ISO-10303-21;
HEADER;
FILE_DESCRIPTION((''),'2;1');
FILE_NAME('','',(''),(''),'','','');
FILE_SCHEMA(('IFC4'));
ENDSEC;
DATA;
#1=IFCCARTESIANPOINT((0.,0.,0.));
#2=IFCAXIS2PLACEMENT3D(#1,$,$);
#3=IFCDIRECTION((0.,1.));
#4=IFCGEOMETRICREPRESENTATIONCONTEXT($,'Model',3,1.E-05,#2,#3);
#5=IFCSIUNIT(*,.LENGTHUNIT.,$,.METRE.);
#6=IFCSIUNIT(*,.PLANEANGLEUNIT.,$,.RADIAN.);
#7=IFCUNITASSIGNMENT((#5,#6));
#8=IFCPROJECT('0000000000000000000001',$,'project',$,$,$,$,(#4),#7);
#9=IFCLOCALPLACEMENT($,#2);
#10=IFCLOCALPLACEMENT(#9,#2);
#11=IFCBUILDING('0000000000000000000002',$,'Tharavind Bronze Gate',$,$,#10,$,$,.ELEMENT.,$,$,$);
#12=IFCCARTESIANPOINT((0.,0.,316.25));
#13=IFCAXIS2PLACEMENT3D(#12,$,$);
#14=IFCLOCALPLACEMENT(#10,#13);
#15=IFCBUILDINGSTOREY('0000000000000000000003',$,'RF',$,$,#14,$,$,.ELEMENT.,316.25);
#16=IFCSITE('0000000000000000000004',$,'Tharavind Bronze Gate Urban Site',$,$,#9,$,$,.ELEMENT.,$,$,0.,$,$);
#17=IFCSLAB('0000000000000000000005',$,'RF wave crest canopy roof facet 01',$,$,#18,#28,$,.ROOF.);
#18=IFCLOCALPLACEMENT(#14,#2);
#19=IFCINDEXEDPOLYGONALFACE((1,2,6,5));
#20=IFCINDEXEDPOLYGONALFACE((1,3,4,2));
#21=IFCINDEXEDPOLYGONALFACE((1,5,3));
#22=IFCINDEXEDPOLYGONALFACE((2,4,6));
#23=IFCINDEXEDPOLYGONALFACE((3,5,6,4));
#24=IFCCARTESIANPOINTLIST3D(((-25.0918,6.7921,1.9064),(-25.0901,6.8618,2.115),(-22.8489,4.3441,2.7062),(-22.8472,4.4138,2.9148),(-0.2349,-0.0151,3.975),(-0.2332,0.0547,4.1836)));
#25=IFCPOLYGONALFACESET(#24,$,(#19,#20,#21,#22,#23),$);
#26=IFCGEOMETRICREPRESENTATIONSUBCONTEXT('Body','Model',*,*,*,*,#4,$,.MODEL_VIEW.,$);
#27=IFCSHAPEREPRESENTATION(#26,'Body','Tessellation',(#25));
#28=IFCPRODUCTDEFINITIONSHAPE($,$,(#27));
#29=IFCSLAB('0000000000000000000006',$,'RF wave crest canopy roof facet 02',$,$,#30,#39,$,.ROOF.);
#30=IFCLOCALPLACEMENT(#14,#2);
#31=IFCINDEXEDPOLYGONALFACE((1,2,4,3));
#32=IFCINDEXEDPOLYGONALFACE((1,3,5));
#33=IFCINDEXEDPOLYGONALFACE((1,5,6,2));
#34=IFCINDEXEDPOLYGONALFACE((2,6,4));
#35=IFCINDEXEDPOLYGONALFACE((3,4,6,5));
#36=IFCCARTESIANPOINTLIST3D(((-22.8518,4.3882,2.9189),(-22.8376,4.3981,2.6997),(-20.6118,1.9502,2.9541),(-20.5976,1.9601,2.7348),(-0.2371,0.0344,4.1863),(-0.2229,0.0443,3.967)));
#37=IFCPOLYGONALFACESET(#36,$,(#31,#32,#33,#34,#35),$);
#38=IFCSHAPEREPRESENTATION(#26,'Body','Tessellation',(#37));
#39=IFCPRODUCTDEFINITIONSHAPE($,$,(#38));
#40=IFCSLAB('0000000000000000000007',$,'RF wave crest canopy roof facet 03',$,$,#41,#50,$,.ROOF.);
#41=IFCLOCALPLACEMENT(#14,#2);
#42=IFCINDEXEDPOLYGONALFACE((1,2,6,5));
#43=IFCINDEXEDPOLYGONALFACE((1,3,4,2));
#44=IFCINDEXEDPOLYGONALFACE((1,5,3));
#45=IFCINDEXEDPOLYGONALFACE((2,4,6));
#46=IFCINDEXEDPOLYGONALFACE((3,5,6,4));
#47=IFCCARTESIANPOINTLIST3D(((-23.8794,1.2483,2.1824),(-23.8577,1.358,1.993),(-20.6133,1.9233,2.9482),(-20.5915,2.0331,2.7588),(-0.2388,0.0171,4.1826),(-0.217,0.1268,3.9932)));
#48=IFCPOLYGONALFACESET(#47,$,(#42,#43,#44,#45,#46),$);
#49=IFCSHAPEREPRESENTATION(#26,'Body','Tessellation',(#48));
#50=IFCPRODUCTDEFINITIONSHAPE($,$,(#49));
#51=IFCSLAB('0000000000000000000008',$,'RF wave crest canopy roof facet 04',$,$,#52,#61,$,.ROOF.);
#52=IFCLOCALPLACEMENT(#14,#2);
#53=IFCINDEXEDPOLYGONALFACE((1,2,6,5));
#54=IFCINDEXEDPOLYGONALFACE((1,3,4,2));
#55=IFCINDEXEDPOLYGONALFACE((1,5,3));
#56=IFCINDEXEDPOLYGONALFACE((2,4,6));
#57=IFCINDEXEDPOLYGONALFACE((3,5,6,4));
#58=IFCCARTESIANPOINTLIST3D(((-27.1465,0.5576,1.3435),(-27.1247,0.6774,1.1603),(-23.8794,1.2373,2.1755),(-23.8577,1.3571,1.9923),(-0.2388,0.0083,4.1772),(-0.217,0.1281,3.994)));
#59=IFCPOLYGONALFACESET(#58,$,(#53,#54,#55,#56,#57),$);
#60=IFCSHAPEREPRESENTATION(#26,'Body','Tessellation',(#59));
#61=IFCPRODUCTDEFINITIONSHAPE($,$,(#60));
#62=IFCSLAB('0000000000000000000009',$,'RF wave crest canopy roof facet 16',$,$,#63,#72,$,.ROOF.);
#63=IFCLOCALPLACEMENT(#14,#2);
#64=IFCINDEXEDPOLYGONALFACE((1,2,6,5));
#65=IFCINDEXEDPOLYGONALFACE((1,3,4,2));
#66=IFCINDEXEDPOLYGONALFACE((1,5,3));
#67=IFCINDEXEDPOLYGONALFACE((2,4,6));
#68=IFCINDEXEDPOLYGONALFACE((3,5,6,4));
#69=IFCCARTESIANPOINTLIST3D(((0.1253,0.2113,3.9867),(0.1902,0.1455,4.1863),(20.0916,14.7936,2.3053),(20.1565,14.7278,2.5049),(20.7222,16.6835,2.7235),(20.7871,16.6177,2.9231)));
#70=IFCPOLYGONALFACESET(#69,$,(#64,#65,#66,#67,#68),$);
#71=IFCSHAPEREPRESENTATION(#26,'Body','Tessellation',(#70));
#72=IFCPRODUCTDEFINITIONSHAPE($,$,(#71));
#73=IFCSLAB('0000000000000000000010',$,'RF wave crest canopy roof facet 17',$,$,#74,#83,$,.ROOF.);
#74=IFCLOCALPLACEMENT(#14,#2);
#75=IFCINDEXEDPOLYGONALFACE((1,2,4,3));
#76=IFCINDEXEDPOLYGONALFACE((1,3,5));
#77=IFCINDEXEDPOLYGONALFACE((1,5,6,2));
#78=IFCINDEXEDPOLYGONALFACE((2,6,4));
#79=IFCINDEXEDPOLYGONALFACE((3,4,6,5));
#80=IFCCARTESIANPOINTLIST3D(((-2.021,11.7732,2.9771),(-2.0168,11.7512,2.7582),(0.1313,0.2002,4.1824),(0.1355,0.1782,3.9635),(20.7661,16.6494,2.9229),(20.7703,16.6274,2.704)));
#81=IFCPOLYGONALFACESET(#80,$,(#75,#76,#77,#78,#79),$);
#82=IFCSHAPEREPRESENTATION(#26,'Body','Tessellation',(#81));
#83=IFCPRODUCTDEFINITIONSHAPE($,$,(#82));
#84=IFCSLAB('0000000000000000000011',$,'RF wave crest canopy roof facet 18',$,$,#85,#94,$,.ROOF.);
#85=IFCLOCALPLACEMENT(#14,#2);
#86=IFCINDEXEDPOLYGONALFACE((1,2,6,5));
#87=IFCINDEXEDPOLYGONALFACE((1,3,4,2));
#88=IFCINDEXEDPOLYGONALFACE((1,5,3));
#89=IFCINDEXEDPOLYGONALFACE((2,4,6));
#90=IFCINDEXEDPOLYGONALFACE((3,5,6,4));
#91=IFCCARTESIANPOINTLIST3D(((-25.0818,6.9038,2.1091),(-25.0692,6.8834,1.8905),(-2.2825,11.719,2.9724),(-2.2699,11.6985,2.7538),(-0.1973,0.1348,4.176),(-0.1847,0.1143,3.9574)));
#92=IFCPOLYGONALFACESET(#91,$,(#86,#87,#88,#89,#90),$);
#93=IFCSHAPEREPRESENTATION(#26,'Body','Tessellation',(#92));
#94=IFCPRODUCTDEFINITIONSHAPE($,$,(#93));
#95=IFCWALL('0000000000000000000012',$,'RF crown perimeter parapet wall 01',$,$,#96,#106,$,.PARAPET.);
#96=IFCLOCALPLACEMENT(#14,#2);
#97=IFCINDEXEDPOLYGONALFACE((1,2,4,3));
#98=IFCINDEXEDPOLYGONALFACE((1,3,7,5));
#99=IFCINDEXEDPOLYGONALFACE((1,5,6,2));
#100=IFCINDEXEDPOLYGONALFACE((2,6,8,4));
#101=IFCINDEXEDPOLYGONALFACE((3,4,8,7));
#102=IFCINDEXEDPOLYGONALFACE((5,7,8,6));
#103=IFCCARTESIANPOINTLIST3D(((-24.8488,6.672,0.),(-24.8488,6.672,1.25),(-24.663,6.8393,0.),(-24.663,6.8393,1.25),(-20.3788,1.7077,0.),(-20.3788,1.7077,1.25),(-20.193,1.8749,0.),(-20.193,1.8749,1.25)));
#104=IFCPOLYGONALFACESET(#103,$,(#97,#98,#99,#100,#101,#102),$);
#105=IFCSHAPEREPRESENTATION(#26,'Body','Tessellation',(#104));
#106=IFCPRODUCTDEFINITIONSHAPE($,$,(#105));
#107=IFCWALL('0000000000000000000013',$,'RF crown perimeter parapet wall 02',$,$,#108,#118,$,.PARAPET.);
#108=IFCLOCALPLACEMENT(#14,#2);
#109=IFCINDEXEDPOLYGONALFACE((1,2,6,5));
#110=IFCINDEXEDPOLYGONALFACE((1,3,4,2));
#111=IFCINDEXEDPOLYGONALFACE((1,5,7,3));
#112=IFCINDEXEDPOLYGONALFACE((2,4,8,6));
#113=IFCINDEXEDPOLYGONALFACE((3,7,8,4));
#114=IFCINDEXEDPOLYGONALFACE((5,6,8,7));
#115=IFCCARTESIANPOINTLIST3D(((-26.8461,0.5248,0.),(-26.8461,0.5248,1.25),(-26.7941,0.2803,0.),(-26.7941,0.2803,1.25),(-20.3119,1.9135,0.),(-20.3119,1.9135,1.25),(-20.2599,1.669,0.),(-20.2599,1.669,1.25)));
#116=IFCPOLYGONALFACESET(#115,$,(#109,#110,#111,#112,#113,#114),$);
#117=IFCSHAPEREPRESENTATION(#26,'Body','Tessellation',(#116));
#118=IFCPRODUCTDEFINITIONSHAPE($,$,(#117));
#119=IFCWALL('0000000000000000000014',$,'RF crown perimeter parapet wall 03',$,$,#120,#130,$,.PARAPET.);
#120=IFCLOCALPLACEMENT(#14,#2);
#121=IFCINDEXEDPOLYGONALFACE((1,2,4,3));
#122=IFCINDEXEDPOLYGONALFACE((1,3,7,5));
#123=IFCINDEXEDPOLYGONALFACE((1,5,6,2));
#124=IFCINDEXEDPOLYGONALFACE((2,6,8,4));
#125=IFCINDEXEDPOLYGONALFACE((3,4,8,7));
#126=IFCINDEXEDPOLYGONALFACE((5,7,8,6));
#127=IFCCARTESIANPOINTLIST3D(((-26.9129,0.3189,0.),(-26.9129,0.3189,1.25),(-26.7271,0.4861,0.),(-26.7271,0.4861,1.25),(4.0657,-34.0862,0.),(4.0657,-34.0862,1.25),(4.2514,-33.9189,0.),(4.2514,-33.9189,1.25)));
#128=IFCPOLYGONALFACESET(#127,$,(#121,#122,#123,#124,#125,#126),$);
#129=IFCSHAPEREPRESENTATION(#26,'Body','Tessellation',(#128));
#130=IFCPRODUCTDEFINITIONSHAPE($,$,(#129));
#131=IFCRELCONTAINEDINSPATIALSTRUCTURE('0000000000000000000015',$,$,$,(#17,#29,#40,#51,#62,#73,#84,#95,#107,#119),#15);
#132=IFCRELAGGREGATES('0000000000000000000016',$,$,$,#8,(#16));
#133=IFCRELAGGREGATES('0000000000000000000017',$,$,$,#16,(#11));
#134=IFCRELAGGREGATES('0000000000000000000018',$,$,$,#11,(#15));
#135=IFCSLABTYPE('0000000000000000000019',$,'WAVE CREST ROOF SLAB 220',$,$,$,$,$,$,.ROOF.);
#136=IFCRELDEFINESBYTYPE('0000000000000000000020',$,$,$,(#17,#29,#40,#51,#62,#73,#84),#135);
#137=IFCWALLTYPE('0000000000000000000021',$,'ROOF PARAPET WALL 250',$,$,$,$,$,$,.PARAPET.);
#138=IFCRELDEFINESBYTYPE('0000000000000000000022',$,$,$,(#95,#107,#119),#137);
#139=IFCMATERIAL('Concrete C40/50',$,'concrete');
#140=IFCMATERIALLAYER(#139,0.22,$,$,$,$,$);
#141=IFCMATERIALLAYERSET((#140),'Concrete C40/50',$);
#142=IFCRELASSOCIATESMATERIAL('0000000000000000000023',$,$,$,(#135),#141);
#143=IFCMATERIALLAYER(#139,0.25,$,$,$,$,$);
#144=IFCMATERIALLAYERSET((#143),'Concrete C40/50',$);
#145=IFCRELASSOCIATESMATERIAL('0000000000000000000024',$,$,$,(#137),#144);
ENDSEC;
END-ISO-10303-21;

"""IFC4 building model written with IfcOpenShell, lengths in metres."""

from ifc_helpers import new_model, si_unit, direction, frame, frame_2d, origin, place, context, subcontext, project, spatial, polyline, rectangle, outline, extrude, material, layer, layer_set, type_object, element, save


model = new_model("IFC4")

# Units and contexts
model_context = context("Model", 3, precision=1e-05, world=origin(), true_north=direction((0.0, 1.0)))
body_context = subcontext(model_context, "Body", "Model", "MODEL_VIEW")
ifc_project = project(units=[si_unit("LENGTHUNIT", "METRE"), si_unit("PLANEANGLEUNIT", "RADIAN")], contexts=[model_context])

# Site, building, storey
site_placement = place(None, origin())
site = spatial("IfcSite", under=ifc_project, at=site_placement, Name="Tharavind Bronze Gate Urban Site", CompositionType="ELEMENT", RefElevation=0.0)
building_placement = place(site_placement, origin())
building = spatial("IfcBuilding", under=site, at=building_placement, Name="Tharavind Bronze Gate", CompositionType="ELEMENT")
storey_placement = place(building_placement, frame((0.0, 0.0, 316.25)))
storey = spatial("IfcBuildingStorey", under=building, at=storey_placement, Name="RF", CompositionType="ELEMENT", Elevation=316.25)

# Slabs
ifc_material_1 = material(Name="Concrete C40/50", Category="concrete")
ifc_layer_1 = layer(ifc_material_1, 0.22)
ifc_layer_set_1 = layer_set([ifc_layer_1], Name="Concrete C40/50")
slab_type = type_object("IfcSlabType", Name="WAVE CREST ROOF SLAB 220", PredefinedType="ROOF", material=ifc_layer_set_1)
slab_1_placement = place(storey_placement, frame((-0.2332, 0.0547, 4.1836), z_axis=(0.007915, 0.317098, 0.94836), x_axis=(-0.961396, 0.263281, -0.080008)))
element("IfcSlab", 1, at=slab_1_placement, inside=storey, type_object=slab_type, Name="RF wave crest canopy roof facet 01", PredefinedType="ROOF", context=body_context, shape_type="SweptSolid", body=[
    extrude(outline(polyline([(0.0, 0.0), (25.855, 0.0), (22.9902, 1.859), (0.0, 0.0)])), origin(), (0.0, 0.0, -1.0), 0.22),
])
slab_2_placement = place(storey_placement, frame((-0.2371, 0.0344, 4.1863), z_axis=(-0.06451, -0.044895, 0.996907), x_axis=(-0.980485, 0.188762, -0.054947)))
element("IfcSlab", 2, at=slab_2_placement, inside=storey, type_object=slab_type, Name="RF wave crest canopy roof facet 02", PredefinedType="ROOF", context=body_context, shape_type="SweptSolid", body=[
    extrude(outline(polyline([(0.0, 0.0), (23.0649, 0.0), (20.4065, 1.9737), (0.0, 0.0)])), origin(), (0.0, 0.0, -1.0), 0.22),
])
slab_3_placement = place(storey_placement, frame((-0.2388, 0.0171, 4.1826), z_axis=(-0.098832, -0.498756, 0.861089), x_axis=(-0.993845, 0.092985, -0.060211)))
element("IfcSlab", 3, at=slab_3_placement, inside=storey, type_object=slab_type, Name="RF wave crest canopy roof facet 03", PredefinedType="ROOF", context=body_context, shape_type="SweptSolid", body=[
    extrude(outline(polyline([(0.0, 0.0), (20.5007, 0.0), (23.73, 1.1318), (0.0, 0.0)])), origin(), (0.0, 0.0, -1.0), 0.22),
])
slab_4_placement = place(storey_placement, frame((-0.2388, 0.0083, 4.1772), z_axis=(-0.098832, -0.544525, 0.832901), x_axis=(-0.9951, 0.051732, -0.084258)))
element("IfcSlab", 4, at=slab_4_placement, inside=storey, type_object=slab_type, Name="RF wave crest canopy roof facet 04", PredefinedType="ROOF", context=body_context, shape_type="SweptSolid", body=[
    extrude(outline(polyline([(0.0, 0.0), (23.757, 0.0), (27.0431, 1.015), (0.0, 0.0)])), origin(), (0.0, 0.0, -1.0), 0.22),
])
slab_5_placement = place(storey_placement, frame((0.1902, 0.1455, 4.1863), z_axis=(0.294958, -0.299229, 0.907448), x_axis=(0.805694, 0.588434, -0.067849)))
element("IfcSlab", 5, at=slab_5_placement, inside=storey, type_object=slab_type, Name="RF wave crest canopy roof facet 16", PredefinedType="ROOF", context=body_context, shape_type="SweptSolid", body=[
    extrude(outline(polyline([(0.0, 0.0), (24.7815, 0.0), (26.3733, 1.2691), (0.0, 0.0)])), origin(), (0.0, 0.0, -1.0), 0.22),
])
slab_6_placement = place(storey_placement, frame((0.1313, 0.2002, 4.1824), z_axis=(-0.019047, 0.100065, 0.994799), x_axis=(0.781062, 0.622631, -0.047675)))
element("IfcSlab", 6, at=slab_6_placement, inside=storey, type_object=slab_type, Name="RF wave crest canopy roof facet 17", PredefinedType="ROOF", context=body_context, shape_type="SweptSolid", body=[
    extrude(outline(polyline([(0.0, 0.0), (26.4189, 0.0), (5.5821, 10.4336), (0.0, 0.0)])), origin(), (0.0, 0.0, -1.0), 0.22),
])
slab_7_placement = place(storey_placement, frame((-0.1973, 0.1348, 4.176), z_axis=(-0.057273, 0.09297, 0.99402), x_axis=(-0.176238, 0.979077, -0.101727)))
element("IfcSlab", 7, at=slab_7_placement, inside=storey, type_object=slab_type, Name="RF wave crest canopy roof facet 18", PredefinedType="ROOF", context=body_context, shape_type="SweptSolid", body=[
    extrude(outline(polyline([(0.0, 0.0), (11.8318, 0.0), (11.2233, 23.3103), (0.0, 0.0)])), origin(), (0.0, 0.0, -1.0), 0.22),
])

# Walls
ifc_layer_2 = layer(ifc_material_1, 0.25)
ifc_layer_set_2 = layer_set([ifc_layer_2], Name="Concrete C40/50")
wall_type = type_object("IfcWallType", Name="ROOF PARAPET WALL 250", PredefinedType="PARAPET", material=ifc_layer_set_2)
for number, where, z_axis, x_axis, name in (
    (8, (-24.7559, 6.7556, 0.0), (0.0, 0.0, 1.0), (0.669134, -0.743141, 0.0), "RF crown perimeter parapet wall 01"),
    (9, (-20.2859, 1.7913, 0.0), (0.0, 0.0, 1.0), (-0.978154, -0.207881, 0.0), "RF crown perimeter parapet wall 02"),
):
    element("IfcWall", number, at=place(storey_placement, frame(where, z_axis=z_axis, x_axis=x_axis)), inside=storey, type_object=wall_type, Name=name, PredefinedType="PARAPET", context=body_context, shape_type="SweptSolid", body=[
        extrude(rectangle(XDim=6.6802, YDim=0.25, at=frame_2d((3.3401, 0.0))), origin(), (0.0, 0.0, 1.0), 1.25),
    ])
wall_placement = place(storey_placement, frame((-26.8201, 0.4026, 0.0), z_axis=(0.0, 0.0, 1.0), x_axis=(0.669132, -0.743144, 0.0)))
element("IfcWall", 10, at=wall_placement, inside=storey, type_object=wall_type, Name="RF crown perimeter parapet wall 03", PredefinedType="PARAPET", context=body_context, shape_type="SweptSolid", body=[
    extrude(rectangle(XDim=46.2966, YDim=0.25, at=frame_2d((23.1484, 0.0))), origin(), (0.0, 0.0, 1.0), 1.25),
])

save(model, "model.ifc")
